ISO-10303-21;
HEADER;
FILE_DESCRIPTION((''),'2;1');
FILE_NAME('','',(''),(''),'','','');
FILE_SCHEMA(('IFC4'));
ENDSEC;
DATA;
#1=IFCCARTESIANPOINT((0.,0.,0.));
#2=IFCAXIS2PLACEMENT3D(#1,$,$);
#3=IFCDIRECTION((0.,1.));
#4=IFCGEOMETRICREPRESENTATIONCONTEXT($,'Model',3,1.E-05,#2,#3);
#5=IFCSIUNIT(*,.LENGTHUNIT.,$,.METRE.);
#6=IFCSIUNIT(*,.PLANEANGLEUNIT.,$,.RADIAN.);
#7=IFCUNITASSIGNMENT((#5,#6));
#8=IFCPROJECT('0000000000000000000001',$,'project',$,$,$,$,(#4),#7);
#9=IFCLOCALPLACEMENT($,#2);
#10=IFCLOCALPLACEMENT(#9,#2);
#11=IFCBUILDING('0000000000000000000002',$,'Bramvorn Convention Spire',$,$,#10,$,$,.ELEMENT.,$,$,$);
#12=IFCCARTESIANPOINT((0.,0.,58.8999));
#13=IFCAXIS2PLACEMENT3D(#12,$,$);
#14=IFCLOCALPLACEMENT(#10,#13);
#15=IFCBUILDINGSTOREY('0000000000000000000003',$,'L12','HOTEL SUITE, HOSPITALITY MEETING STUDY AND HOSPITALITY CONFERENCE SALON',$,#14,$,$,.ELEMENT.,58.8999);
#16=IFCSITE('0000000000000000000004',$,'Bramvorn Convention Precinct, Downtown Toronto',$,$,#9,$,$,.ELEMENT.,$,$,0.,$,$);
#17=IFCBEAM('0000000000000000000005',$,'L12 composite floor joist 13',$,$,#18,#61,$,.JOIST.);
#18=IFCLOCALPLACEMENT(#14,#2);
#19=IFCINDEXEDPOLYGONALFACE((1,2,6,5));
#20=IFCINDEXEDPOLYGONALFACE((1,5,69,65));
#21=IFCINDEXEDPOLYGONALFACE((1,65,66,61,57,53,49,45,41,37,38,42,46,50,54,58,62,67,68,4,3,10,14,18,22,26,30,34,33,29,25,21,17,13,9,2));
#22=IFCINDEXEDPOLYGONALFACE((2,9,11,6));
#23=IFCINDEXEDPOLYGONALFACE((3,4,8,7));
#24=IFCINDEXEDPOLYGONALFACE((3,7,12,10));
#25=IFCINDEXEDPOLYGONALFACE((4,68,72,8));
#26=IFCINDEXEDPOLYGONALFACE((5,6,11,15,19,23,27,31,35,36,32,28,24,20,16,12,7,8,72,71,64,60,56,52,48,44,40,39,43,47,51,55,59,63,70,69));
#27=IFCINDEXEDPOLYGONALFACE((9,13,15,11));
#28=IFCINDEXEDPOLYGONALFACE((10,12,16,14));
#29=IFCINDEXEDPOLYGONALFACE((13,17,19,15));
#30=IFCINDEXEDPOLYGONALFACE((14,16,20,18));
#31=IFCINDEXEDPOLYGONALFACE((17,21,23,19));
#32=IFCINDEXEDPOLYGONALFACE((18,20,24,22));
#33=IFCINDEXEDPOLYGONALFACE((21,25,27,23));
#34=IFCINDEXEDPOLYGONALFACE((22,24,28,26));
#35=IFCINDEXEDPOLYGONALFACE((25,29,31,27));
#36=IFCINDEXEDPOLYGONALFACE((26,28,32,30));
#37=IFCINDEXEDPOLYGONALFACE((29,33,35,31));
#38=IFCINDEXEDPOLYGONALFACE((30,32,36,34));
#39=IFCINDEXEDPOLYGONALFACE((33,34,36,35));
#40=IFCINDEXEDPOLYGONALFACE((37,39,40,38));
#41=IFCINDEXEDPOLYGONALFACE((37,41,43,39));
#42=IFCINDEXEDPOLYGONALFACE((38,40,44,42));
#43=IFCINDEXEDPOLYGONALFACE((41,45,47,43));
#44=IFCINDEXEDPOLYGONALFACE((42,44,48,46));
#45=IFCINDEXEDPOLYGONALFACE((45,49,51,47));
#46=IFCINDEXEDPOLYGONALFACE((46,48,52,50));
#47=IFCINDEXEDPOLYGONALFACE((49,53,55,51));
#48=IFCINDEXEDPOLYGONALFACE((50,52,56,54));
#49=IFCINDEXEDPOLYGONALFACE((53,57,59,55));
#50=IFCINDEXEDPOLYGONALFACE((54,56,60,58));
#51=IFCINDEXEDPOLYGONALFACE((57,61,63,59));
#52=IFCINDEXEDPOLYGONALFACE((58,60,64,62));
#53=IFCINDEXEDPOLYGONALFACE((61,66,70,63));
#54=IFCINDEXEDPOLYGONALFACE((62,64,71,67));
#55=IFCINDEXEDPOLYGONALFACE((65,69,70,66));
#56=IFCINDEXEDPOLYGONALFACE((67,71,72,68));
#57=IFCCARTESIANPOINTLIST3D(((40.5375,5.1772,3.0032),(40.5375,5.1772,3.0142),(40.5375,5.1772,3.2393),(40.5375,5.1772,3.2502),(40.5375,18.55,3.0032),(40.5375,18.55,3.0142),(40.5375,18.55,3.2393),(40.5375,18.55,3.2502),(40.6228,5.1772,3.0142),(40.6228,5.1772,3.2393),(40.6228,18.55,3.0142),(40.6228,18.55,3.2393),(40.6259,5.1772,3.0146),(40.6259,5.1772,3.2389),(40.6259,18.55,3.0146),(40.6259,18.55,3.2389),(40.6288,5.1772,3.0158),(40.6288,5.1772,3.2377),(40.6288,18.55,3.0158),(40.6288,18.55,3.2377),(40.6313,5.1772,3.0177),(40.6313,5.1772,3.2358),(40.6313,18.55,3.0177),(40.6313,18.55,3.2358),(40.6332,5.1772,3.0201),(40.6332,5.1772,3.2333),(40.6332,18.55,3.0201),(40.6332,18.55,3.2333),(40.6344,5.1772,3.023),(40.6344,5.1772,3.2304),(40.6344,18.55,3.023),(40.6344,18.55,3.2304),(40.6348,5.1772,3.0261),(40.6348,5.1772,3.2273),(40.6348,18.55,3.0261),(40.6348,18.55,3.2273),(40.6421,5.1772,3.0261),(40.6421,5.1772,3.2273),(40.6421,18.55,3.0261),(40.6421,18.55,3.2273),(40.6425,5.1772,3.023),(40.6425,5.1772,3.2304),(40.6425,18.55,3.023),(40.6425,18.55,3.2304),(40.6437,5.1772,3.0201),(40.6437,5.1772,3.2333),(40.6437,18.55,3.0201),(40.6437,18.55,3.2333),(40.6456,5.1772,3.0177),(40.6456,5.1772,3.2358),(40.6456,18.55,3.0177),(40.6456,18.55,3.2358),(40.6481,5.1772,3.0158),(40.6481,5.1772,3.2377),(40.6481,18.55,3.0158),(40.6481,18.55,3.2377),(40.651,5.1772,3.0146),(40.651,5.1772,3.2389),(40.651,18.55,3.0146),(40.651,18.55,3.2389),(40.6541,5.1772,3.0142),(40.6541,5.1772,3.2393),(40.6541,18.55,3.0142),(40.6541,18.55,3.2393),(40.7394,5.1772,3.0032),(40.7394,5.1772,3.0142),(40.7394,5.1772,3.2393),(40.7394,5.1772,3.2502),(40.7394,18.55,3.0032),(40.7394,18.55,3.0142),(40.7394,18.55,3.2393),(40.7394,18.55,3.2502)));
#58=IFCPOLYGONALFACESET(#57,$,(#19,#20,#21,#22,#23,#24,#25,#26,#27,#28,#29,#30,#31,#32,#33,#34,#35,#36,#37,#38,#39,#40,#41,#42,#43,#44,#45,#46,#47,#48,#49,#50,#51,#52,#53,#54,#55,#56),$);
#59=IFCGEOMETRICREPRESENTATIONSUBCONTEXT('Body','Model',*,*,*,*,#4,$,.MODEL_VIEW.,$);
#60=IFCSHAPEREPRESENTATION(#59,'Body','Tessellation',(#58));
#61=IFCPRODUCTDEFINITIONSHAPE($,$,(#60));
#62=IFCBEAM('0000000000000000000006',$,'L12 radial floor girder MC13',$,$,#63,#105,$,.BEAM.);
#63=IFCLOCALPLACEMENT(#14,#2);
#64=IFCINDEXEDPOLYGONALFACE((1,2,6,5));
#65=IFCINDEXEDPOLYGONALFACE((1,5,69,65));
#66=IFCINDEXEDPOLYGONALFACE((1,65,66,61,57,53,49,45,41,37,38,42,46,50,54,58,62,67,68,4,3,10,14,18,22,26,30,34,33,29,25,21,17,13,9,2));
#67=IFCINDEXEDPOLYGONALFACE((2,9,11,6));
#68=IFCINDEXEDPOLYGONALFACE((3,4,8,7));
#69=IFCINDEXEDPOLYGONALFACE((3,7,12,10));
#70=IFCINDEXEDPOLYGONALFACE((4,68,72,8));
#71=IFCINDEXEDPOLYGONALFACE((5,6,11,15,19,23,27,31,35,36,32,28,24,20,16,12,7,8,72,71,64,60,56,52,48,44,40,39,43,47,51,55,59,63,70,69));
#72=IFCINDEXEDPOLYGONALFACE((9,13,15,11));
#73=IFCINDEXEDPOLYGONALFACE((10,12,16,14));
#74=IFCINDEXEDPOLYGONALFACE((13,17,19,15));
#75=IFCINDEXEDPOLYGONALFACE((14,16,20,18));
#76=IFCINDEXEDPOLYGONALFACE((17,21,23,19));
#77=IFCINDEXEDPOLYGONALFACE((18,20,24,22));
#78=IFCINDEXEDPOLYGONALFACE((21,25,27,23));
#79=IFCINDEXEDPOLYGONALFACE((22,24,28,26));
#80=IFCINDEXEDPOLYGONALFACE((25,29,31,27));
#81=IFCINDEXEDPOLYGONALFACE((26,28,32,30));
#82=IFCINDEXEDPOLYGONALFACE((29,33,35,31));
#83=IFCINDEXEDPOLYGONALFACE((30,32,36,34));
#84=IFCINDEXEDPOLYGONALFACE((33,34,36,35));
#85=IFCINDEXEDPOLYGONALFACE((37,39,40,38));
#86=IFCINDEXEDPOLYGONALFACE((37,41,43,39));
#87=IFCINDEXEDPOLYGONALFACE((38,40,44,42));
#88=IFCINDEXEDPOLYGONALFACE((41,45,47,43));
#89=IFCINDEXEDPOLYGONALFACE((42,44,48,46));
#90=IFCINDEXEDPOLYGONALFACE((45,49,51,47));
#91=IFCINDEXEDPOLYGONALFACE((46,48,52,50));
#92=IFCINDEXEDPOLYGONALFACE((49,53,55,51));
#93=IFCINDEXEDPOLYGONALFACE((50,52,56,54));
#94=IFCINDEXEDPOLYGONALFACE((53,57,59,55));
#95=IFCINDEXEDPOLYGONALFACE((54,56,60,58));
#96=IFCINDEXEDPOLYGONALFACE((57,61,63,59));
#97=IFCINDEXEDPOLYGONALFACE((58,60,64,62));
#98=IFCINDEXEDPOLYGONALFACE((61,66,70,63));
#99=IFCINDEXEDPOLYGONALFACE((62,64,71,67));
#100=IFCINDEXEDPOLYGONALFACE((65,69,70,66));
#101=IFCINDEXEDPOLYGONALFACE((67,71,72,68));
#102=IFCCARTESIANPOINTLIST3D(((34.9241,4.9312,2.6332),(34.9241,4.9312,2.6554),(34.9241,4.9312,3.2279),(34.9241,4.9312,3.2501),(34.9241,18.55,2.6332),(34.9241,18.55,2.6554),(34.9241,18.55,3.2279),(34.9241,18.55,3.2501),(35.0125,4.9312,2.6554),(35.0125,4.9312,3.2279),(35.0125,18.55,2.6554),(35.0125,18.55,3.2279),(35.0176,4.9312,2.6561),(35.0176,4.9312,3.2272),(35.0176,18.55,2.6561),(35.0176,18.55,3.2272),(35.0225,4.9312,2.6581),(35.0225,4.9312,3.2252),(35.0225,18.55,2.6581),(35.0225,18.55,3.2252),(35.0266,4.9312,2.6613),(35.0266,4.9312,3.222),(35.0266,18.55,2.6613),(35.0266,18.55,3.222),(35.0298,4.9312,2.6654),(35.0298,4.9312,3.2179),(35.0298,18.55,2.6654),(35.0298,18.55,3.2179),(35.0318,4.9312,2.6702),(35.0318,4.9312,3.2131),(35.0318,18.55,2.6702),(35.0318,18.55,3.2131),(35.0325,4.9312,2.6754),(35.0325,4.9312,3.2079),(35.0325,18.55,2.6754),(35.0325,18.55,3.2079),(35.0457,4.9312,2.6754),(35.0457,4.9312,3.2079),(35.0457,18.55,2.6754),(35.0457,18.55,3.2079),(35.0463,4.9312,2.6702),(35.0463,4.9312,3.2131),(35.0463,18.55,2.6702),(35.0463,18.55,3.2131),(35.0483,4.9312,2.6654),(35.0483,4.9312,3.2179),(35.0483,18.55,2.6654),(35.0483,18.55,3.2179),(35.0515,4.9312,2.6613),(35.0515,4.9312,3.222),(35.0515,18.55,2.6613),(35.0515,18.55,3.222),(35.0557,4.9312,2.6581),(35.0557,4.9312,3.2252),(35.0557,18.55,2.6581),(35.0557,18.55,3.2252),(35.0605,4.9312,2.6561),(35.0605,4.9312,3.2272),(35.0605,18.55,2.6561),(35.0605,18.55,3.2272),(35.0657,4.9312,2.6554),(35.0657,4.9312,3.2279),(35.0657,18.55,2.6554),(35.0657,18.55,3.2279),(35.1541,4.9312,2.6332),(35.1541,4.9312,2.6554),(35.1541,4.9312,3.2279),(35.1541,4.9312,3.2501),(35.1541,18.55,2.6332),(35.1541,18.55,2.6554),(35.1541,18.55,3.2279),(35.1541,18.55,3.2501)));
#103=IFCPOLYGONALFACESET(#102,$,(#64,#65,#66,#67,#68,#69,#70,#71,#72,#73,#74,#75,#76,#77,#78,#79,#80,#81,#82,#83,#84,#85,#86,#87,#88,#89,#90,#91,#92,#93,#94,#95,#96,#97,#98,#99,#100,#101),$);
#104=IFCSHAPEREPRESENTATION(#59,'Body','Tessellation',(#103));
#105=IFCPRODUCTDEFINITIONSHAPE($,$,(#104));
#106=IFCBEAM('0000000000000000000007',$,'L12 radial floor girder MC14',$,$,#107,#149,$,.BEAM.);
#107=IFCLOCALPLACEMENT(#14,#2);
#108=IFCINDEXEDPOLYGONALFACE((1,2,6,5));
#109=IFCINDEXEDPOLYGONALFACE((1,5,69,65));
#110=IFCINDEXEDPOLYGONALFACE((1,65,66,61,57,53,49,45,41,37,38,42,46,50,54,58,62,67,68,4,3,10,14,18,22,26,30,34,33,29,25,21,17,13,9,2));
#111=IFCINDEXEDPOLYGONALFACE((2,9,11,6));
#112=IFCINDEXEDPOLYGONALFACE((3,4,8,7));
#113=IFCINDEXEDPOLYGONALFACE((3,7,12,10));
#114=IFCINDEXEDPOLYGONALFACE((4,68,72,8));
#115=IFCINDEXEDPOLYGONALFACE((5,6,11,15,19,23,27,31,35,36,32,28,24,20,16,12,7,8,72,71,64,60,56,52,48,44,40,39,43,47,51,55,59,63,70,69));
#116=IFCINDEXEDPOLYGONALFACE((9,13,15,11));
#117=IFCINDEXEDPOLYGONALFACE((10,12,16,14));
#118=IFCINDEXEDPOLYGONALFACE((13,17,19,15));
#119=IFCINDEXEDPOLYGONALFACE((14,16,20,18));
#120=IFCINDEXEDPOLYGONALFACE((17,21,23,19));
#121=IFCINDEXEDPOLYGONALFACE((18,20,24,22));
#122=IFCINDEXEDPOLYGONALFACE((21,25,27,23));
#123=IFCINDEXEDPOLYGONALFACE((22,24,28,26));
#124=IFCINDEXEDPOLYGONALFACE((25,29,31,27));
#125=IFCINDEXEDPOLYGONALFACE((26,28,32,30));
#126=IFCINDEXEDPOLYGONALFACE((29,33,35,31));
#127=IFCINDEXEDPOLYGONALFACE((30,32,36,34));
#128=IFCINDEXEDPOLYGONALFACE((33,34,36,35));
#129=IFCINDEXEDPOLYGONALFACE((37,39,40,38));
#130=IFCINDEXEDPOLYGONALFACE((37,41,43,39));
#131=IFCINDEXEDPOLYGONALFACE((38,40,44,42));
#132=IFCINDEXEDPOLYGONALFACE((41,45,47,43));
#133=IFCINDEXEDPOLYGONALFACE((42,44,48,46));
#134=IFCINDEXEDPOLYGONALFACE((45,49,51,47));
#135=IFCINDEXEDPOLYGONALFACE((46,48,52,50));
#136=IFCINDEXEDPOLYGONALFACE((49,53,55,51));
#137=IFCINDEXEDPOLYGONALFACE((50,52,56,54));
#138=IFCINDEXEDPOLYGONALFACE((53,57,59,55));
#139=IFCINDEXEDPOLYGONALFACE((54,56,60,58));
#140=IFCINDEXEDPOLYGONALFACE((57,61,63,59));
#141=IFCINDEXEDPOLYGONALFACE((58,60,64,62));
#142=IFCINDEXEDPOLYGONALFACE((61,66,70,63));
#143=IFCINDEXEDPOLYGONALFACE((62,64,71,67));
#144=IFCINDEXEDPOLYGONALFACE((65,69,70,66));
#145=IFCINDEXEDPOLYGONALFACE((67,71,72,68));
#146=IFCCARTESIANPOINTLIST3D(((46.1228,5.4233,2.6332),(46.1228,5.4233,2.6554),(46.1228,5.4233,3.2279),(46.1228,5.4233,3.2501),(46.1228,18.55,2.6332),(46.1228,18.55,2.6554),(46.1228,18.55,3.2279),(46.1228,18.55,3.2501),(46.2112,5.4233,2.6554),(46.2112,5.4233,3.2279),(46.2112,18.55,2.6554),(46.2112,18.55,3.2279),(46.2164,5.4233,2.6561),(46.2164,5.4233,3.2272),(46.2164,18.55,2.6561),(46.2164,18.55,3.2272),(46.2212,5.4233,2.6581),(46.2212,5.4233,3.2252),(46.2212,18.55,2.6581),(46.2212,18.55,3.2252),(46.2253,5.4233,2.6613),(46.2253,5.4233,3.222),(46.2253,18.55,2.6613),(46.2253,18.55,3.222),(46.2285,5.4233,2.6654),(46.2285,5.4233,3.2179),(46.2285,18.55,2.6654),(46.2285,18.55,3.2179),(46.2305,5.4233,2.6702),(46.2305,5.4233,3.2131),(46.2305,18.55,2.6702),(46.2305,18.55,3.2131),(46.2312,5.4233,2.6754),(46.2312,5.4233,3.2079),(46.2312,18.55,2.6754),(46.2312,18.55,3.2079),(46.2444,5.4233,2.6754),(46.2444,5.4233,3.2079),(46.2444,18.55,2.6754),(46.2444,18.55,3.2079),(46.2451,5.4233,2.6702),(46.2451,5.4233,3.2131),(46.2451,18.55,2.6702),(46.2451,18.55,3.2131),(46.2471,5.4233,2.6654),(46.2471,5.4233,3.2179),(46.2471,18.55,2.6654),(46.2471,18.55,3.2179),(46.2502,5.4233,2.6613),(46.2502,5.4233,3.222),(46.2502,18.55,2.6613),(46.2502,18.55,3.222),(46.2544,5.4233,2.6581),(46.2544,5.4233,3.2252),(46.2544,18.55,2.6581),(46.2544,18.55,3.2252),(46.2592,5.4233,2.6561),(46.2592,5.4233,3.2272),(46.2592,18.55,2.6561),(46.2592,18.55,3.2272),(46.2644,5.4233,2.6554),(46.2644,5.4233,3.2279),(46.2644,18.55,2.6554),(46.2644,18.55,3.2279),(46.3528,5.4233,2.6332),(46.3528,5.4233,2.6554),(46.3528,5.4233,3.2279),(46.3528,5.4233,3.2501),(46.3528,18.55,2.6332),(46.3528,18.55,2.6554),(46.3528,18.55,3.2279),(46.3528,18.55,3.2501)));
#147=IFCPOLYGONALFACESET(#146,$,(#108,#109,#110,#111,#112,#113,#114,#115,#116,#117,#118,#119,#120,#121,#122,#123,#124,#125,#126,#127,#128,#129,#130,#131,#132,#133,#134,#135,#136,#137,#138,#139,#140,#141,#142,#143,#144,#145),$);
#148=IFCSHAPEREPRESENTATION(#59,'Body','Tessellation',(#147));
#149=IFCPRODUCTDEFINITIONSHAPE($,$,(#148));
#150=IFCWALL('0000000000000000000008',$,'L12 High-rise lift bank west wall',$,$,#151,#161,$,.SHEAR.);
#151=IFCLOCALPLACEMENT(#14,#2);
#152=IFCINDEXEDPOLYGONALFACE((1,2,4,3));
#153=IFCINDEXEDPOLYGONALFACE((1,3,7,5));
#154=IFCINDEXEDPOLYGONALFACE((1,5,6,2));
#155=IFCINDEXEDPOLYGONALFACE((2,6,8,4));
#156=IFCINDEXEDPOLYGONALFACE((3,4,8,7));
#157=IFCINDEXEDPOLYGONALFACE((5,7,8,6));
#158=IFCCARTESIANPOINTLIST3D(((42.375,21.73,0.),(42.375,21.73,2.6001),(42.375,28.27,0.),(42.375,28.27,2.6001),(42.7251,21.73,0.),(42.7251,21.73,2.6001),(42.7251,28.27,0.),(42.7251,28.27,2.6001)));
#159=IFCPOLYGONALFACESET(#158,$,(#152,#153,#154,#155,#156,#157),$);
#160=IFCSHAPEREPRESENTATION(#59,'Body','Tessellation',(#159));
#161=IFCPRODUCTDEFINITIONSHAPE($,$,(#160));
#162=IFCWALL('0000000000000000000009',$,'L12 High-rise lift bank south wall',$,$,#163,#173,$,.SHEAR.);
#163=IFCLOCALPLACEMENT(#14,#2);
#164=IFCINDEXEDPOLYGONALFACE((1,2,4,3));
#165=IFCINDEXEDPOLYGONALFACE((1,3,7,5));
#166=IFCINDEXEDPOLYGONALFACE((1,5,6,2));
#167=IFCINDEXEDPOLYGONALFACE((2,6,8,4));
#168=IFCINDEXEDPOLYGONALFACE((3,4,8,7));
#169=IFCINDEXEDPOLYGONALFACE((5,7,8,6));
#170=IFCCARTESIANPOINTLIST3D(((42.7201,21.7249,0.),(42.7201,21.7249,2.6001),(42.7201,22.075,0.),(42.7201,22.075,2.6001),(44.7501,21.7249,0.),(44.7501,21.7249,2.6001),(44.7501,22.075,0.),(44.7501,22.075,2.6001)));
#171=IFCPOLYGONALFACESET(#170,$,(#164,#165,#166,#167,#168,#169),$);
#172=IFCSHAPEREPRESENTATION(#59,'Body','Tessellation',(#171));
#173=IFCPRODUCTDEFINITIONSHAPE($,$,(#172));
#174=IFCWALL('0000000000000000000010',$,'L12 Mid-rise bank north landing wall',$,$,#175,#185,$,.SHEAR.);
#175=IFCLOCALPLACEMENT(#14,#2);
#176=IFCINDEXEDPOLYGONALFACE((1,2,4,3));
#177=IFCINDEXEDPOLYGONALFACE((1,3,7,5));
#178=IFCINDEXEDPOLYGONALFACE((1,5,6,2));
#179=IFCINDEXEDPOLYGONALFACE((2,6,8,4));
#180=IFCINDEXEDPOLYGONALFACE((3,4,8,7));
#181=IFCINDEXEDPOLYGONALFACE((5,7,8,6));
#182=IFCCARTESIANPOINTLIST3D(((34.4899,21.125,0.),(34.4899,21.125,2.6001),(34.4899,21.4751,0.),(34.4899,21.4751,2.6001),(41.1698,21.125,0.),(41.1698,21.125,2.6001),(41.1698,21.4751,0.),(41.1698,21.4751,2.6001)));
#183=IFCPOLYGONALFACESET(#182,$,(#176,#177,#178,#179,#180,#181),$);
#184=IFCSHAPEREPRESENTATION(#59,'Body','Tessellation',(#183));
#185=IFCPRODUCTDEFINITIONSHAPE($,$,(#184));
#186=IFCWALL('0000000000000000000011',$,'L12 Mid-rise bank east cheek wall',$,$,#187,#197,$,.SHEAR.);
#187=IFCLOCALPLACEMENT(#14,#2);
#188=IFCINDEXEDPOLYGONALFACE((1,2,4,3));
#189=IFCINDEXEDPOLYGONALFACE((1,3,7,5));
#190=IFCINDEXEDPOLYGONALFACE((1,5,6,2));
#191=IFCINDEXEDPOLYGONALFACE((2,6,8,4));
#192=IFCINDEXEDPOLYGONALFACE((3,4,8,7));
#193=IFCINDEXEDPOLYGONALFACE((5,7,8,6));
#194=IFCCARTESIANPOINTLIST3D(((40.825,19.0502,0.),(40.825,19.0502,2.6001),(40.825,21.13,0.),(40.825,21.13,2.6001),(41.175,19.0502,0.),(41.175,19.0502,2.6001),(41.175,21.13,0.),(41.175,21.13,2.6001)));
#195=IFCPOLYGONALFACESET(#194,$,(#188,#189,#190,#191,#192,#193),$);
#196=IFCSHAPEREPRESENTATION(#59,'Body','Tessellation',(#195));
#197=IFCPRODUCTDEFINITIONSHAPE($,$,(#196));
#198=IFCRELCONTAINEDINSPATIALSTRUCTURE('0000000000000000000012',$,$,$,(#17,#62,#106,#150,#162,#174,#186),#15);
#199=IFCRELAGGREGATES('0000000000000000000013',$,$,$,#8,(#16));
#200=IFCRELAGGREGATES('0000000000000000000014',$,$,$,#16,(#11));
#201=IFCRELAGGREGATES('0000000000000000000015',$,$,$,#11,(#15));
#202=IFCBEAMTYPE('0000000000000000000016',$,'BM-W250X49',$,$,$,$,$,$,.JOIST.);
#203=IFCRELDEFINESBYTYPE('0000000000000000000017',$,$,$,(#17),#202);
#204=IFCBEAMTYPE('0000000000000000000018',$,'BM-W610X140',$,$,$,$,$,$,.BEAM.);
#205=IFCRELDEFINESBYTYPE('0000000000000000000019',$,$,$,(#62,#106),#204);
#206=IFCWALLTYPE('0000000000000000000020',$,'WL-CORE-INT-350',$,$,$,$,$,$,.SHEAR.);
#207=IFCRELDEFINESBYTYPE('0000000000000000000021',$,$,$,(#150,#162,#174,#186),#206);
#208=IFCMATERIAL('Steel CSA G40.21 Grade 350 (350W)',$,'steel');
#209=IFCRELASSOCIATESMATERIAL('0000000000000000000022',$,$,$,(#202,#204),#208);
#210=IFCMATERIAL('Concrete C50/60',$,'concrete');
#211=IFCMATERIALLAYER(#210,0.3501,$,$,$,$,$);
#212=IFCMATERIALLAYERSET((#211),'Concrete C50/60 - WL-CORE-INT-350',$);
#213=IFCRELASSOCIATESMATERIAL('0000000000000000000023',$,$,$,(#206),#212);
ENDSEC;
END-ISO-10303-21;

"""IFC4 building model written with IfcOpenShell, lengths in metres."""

from ifc_helpers import new_model, si_unit, direction, frame, frame_2d, origin, origin_2d, place, context, subcontext, project, spatial, rectangle, i_section, extrude, material, layer, layer_set, material_profile, profile_set, type_object, element, save


model = new_model("IFC4")

# Units and contexts
model_context = context("Model", 3, precision=1e-05, world=origin(), true_north=direction((0.0, 1.0)))
body_context = subcontext(model_context, "Body", "Model", "MODEL_VIEW")
ifc_project = project(units=[si_unit("LENGTHUNIT", "METRE"), si_unit("PLANEANGLEUNIT", "RADIAN")], contexts=[model_context])

# Site, building, storey
site_placement = place(None, origin())
site = spatial("IfcSite", under=ifc_project, at=site_placement, Name="Bramvorn Convention Precinct, Downtown Toronto", CompositionType="ELEMENT", RefElevation=0.0)
building_placement = place(site_placement, origin())
building = spatial("IfcBuilding", under=site, at=building_placement, Name="Bramvorn Convention Spire", CompositionType="ELEMENT")
storey_placement = place(building_placement, frame((0.0, 0.0, 58.8999)))
storey = spatial("IfcBuildingStorey", under=building, at=storey_placement, Name="L12", Description="HOTEL SUITE, HOSPITALITY MEETING STUDY AND HOSPITALITY CONFERENCE SALON", CompositionType="ELEMENT", Elevation=58.8999)

# Beams
ifc_material_1 = material(Name="Steel CSA G40.21 Grade 350 (350W)", Category="steel")
ifc_material_profile_1 = material_profile(ifc_material_1, i_section(OverallWidth=0.2019, OverallDepth=0.2471, WebThickness=0.0073, FlangeThickness=0.011, FilletRadius=0.012, at=origin_2d()))
ifc_profile_set_1 = profile_set([ifc_material_profile_1], Name="Steel CSA G40.21 Grade 350 (350W) - W250X49")
beam_type_1 = type_object("IfcBeamType", Name="BM-W250X49", PredefinedType="JOIST", material=ifc_profile_set_1)
beam_1_placement = place(storey_placement, frame((40.6384, 18.55, 3.1267), z_axis=(0.0, -1.0, 0.0), x_axis=(1.0, 0.0, 0.0)))
element("IfcBeam", 1, at=beam_1_placement, inside=storey, type_object=beam_type_1, Name="L12 composite floor joist 13", PredefinedType="JOIST", context=body_context, shape_type="SweptSolid", body=[
    extrude(i_section(OverallWidth=0.2019, OverallDepth=0.2471, WebThickness=0.0073, FlangeThickness=0.011, FilletRadius=0.012, at=origin_2d()), origin(), (0.0, 0.0, 1.0), 13.3728),
])
ifc_material_profile_2 = material_profile(ifc_material_1, i_section(OverallWidth=0.23, OverallDepth=0.6169, WebThickness=0.0132, FlangeThickness=0.0222, FilletRadius=0.02, at=origin_2d()))
ifc_profile_set_2 = profile_set([ifc_material_profile_2], Name="Steel CSA G40.21 Grade 350 (350W) - W610X140")
beam_type_2 = type_object("IfcBeamType", Name="BM-W610X140", PredefinedType="BEAM", material=ifc_profile_set_2)
beam_2_placement = place(storey_placement, frame((35.0391, 18.55, 2.9417), z_axis=(0.0, -1.0, 0.0), x_axis=(1.0, 0.0, 0.0)))
element("IfcBeam", 2, at=beam_2_placement, inside=storey, type_object=beam_type_2, Name="L12 radial floor girder MC13", PredefinedType="BEAM", context=body_context, shape_type="SweptSolid", body=[
    extrude(i_section(OverallWidth=0.23, OverallDepth=0.6169, WebThickness=0.0132, FlangeThickness=0.0222, FilletRadius=0.02, at=origin_2d()), origin(), (0.0, 0.0, 1.0), 13.6189),
])
beam_3_placement = place(storey_placement, frame((46.2378, 18.55, 2.9417), z_axis=(0.0, -1.0, 0.0), x_axis=(1.0, 0.0, 0.0)))
element("IfcBeam", 3, at=beam_3_placement, inside=storey, type_object=beam_type_2, Name="L12 radial floor girder MC14", PredefinedType="BEAM", context=body_context, shape_type="SweptSolid", body=[
    extrude(i_section(OverallWidth=0.23, OverallDepth=0.6169, WebThickness=0.0132, FlangeThickness=0.0222, FilletRadius=0.02, at=origin_2d()), origin(), (0.0, 0.0, 1.0), 13.1267),
])

# Walls
ifc_material_2 = material(Name="Concrete C50/60", Category="concrete")
ifc_layer_1 = layer(ifc_material_2, 0.3501)
ifc_layer_set_1 = layer_set([ifc_layer_1], Name="Concrete C50/60 - WL-CORE-INT-350")
wall_type_1 = type_object("IfcWallType", Name="WL-CORE-INT-350", PredefinedType="SHEAR", material=ifc_layer_set_1)
wall_1_placement = place(storey_placement, frame((42.55, 21.73, 0.0), z_axis=(0.0, 0.0, 1.0), x_axis=(0.0, 1.0, 0.0)))
element("IfcWall", 4, at=wall_1_placement, inside=storey, type_object=wall_type_1, Name="L12 High-rise lift bank west wall", PredefinedType="SHEAR", context=body_context, shape_type="SweptSolid", body=[
    extrude(rectangle(XDim=6.54, YDim=0.3501, at=frame_2d((3.27, 0.0))), origin(), (0.0, 0.0, 1.0), 2.6001),
])
wall_2_placement = place(storey_placement, frame((42.72, 21.8999, 0.0), z_axis=(0.0, 0.0, 1.0), x_axis=(1.0, 0.0, 0.0)))
element("IfcWall", 5, at=wall_2_placement, inside=storey, type_object=wall_type_1, Name="L12 High-rise lift bank south wall", PredefinedType="SHEAR", context=body_context, shape_type="SweptSolid", body=[
    extrude(rectangle(XDim=2.03, YDim=0.3501, at=frame_2d((1.0151, 0.0))), origin(), (0.0, 0.0, 1.0), 2.6001),
])
wall_3_placement = place(storey_placement, frame((34.49, 21.3, 0.0), z_axis=(0.0, 0.0, 1.0), x_axis=(1.0, 0.0, 0.0)))
element("IfcWall", 6, at=wall_3_placement, inside=storey, type_object=wall_type_1, Name="L12 Mid-rise bank north landing wall", PredefinedType="SHEAR", context=body_context, shape_type="SweptSolid", body=[
    extrude(rectangle(XDim=6.6799, YDim=0.3501, at=frame_2d((3.3398, 0.0))), origin(), (0.0, 0.0, 1.0), 2.6001),
])
wall_4_placement = place(storey_placement, frame((41.0, 19.05, 0.0), z_axis=(0.0, 0.0, 1.0), x_axis=(0.0, 1.0, 0.0)))
element("IfcWall", 7, at=wall_4_placement, inside=storey, type_object=wall_type_1, Name="L12 Mid-rise bank east cheek wall", PredefinedType="SHEAR", context=body_context, shape_type="SweptSolid", body=[
    extrude(rectangle(XDim=2.0798, YDim=0.3501, at=frame_2d((1.04, 0.0))), origin(), (0.0, 0.0, 1.0), 2.6001),
])

save(model, "model.ifc")
